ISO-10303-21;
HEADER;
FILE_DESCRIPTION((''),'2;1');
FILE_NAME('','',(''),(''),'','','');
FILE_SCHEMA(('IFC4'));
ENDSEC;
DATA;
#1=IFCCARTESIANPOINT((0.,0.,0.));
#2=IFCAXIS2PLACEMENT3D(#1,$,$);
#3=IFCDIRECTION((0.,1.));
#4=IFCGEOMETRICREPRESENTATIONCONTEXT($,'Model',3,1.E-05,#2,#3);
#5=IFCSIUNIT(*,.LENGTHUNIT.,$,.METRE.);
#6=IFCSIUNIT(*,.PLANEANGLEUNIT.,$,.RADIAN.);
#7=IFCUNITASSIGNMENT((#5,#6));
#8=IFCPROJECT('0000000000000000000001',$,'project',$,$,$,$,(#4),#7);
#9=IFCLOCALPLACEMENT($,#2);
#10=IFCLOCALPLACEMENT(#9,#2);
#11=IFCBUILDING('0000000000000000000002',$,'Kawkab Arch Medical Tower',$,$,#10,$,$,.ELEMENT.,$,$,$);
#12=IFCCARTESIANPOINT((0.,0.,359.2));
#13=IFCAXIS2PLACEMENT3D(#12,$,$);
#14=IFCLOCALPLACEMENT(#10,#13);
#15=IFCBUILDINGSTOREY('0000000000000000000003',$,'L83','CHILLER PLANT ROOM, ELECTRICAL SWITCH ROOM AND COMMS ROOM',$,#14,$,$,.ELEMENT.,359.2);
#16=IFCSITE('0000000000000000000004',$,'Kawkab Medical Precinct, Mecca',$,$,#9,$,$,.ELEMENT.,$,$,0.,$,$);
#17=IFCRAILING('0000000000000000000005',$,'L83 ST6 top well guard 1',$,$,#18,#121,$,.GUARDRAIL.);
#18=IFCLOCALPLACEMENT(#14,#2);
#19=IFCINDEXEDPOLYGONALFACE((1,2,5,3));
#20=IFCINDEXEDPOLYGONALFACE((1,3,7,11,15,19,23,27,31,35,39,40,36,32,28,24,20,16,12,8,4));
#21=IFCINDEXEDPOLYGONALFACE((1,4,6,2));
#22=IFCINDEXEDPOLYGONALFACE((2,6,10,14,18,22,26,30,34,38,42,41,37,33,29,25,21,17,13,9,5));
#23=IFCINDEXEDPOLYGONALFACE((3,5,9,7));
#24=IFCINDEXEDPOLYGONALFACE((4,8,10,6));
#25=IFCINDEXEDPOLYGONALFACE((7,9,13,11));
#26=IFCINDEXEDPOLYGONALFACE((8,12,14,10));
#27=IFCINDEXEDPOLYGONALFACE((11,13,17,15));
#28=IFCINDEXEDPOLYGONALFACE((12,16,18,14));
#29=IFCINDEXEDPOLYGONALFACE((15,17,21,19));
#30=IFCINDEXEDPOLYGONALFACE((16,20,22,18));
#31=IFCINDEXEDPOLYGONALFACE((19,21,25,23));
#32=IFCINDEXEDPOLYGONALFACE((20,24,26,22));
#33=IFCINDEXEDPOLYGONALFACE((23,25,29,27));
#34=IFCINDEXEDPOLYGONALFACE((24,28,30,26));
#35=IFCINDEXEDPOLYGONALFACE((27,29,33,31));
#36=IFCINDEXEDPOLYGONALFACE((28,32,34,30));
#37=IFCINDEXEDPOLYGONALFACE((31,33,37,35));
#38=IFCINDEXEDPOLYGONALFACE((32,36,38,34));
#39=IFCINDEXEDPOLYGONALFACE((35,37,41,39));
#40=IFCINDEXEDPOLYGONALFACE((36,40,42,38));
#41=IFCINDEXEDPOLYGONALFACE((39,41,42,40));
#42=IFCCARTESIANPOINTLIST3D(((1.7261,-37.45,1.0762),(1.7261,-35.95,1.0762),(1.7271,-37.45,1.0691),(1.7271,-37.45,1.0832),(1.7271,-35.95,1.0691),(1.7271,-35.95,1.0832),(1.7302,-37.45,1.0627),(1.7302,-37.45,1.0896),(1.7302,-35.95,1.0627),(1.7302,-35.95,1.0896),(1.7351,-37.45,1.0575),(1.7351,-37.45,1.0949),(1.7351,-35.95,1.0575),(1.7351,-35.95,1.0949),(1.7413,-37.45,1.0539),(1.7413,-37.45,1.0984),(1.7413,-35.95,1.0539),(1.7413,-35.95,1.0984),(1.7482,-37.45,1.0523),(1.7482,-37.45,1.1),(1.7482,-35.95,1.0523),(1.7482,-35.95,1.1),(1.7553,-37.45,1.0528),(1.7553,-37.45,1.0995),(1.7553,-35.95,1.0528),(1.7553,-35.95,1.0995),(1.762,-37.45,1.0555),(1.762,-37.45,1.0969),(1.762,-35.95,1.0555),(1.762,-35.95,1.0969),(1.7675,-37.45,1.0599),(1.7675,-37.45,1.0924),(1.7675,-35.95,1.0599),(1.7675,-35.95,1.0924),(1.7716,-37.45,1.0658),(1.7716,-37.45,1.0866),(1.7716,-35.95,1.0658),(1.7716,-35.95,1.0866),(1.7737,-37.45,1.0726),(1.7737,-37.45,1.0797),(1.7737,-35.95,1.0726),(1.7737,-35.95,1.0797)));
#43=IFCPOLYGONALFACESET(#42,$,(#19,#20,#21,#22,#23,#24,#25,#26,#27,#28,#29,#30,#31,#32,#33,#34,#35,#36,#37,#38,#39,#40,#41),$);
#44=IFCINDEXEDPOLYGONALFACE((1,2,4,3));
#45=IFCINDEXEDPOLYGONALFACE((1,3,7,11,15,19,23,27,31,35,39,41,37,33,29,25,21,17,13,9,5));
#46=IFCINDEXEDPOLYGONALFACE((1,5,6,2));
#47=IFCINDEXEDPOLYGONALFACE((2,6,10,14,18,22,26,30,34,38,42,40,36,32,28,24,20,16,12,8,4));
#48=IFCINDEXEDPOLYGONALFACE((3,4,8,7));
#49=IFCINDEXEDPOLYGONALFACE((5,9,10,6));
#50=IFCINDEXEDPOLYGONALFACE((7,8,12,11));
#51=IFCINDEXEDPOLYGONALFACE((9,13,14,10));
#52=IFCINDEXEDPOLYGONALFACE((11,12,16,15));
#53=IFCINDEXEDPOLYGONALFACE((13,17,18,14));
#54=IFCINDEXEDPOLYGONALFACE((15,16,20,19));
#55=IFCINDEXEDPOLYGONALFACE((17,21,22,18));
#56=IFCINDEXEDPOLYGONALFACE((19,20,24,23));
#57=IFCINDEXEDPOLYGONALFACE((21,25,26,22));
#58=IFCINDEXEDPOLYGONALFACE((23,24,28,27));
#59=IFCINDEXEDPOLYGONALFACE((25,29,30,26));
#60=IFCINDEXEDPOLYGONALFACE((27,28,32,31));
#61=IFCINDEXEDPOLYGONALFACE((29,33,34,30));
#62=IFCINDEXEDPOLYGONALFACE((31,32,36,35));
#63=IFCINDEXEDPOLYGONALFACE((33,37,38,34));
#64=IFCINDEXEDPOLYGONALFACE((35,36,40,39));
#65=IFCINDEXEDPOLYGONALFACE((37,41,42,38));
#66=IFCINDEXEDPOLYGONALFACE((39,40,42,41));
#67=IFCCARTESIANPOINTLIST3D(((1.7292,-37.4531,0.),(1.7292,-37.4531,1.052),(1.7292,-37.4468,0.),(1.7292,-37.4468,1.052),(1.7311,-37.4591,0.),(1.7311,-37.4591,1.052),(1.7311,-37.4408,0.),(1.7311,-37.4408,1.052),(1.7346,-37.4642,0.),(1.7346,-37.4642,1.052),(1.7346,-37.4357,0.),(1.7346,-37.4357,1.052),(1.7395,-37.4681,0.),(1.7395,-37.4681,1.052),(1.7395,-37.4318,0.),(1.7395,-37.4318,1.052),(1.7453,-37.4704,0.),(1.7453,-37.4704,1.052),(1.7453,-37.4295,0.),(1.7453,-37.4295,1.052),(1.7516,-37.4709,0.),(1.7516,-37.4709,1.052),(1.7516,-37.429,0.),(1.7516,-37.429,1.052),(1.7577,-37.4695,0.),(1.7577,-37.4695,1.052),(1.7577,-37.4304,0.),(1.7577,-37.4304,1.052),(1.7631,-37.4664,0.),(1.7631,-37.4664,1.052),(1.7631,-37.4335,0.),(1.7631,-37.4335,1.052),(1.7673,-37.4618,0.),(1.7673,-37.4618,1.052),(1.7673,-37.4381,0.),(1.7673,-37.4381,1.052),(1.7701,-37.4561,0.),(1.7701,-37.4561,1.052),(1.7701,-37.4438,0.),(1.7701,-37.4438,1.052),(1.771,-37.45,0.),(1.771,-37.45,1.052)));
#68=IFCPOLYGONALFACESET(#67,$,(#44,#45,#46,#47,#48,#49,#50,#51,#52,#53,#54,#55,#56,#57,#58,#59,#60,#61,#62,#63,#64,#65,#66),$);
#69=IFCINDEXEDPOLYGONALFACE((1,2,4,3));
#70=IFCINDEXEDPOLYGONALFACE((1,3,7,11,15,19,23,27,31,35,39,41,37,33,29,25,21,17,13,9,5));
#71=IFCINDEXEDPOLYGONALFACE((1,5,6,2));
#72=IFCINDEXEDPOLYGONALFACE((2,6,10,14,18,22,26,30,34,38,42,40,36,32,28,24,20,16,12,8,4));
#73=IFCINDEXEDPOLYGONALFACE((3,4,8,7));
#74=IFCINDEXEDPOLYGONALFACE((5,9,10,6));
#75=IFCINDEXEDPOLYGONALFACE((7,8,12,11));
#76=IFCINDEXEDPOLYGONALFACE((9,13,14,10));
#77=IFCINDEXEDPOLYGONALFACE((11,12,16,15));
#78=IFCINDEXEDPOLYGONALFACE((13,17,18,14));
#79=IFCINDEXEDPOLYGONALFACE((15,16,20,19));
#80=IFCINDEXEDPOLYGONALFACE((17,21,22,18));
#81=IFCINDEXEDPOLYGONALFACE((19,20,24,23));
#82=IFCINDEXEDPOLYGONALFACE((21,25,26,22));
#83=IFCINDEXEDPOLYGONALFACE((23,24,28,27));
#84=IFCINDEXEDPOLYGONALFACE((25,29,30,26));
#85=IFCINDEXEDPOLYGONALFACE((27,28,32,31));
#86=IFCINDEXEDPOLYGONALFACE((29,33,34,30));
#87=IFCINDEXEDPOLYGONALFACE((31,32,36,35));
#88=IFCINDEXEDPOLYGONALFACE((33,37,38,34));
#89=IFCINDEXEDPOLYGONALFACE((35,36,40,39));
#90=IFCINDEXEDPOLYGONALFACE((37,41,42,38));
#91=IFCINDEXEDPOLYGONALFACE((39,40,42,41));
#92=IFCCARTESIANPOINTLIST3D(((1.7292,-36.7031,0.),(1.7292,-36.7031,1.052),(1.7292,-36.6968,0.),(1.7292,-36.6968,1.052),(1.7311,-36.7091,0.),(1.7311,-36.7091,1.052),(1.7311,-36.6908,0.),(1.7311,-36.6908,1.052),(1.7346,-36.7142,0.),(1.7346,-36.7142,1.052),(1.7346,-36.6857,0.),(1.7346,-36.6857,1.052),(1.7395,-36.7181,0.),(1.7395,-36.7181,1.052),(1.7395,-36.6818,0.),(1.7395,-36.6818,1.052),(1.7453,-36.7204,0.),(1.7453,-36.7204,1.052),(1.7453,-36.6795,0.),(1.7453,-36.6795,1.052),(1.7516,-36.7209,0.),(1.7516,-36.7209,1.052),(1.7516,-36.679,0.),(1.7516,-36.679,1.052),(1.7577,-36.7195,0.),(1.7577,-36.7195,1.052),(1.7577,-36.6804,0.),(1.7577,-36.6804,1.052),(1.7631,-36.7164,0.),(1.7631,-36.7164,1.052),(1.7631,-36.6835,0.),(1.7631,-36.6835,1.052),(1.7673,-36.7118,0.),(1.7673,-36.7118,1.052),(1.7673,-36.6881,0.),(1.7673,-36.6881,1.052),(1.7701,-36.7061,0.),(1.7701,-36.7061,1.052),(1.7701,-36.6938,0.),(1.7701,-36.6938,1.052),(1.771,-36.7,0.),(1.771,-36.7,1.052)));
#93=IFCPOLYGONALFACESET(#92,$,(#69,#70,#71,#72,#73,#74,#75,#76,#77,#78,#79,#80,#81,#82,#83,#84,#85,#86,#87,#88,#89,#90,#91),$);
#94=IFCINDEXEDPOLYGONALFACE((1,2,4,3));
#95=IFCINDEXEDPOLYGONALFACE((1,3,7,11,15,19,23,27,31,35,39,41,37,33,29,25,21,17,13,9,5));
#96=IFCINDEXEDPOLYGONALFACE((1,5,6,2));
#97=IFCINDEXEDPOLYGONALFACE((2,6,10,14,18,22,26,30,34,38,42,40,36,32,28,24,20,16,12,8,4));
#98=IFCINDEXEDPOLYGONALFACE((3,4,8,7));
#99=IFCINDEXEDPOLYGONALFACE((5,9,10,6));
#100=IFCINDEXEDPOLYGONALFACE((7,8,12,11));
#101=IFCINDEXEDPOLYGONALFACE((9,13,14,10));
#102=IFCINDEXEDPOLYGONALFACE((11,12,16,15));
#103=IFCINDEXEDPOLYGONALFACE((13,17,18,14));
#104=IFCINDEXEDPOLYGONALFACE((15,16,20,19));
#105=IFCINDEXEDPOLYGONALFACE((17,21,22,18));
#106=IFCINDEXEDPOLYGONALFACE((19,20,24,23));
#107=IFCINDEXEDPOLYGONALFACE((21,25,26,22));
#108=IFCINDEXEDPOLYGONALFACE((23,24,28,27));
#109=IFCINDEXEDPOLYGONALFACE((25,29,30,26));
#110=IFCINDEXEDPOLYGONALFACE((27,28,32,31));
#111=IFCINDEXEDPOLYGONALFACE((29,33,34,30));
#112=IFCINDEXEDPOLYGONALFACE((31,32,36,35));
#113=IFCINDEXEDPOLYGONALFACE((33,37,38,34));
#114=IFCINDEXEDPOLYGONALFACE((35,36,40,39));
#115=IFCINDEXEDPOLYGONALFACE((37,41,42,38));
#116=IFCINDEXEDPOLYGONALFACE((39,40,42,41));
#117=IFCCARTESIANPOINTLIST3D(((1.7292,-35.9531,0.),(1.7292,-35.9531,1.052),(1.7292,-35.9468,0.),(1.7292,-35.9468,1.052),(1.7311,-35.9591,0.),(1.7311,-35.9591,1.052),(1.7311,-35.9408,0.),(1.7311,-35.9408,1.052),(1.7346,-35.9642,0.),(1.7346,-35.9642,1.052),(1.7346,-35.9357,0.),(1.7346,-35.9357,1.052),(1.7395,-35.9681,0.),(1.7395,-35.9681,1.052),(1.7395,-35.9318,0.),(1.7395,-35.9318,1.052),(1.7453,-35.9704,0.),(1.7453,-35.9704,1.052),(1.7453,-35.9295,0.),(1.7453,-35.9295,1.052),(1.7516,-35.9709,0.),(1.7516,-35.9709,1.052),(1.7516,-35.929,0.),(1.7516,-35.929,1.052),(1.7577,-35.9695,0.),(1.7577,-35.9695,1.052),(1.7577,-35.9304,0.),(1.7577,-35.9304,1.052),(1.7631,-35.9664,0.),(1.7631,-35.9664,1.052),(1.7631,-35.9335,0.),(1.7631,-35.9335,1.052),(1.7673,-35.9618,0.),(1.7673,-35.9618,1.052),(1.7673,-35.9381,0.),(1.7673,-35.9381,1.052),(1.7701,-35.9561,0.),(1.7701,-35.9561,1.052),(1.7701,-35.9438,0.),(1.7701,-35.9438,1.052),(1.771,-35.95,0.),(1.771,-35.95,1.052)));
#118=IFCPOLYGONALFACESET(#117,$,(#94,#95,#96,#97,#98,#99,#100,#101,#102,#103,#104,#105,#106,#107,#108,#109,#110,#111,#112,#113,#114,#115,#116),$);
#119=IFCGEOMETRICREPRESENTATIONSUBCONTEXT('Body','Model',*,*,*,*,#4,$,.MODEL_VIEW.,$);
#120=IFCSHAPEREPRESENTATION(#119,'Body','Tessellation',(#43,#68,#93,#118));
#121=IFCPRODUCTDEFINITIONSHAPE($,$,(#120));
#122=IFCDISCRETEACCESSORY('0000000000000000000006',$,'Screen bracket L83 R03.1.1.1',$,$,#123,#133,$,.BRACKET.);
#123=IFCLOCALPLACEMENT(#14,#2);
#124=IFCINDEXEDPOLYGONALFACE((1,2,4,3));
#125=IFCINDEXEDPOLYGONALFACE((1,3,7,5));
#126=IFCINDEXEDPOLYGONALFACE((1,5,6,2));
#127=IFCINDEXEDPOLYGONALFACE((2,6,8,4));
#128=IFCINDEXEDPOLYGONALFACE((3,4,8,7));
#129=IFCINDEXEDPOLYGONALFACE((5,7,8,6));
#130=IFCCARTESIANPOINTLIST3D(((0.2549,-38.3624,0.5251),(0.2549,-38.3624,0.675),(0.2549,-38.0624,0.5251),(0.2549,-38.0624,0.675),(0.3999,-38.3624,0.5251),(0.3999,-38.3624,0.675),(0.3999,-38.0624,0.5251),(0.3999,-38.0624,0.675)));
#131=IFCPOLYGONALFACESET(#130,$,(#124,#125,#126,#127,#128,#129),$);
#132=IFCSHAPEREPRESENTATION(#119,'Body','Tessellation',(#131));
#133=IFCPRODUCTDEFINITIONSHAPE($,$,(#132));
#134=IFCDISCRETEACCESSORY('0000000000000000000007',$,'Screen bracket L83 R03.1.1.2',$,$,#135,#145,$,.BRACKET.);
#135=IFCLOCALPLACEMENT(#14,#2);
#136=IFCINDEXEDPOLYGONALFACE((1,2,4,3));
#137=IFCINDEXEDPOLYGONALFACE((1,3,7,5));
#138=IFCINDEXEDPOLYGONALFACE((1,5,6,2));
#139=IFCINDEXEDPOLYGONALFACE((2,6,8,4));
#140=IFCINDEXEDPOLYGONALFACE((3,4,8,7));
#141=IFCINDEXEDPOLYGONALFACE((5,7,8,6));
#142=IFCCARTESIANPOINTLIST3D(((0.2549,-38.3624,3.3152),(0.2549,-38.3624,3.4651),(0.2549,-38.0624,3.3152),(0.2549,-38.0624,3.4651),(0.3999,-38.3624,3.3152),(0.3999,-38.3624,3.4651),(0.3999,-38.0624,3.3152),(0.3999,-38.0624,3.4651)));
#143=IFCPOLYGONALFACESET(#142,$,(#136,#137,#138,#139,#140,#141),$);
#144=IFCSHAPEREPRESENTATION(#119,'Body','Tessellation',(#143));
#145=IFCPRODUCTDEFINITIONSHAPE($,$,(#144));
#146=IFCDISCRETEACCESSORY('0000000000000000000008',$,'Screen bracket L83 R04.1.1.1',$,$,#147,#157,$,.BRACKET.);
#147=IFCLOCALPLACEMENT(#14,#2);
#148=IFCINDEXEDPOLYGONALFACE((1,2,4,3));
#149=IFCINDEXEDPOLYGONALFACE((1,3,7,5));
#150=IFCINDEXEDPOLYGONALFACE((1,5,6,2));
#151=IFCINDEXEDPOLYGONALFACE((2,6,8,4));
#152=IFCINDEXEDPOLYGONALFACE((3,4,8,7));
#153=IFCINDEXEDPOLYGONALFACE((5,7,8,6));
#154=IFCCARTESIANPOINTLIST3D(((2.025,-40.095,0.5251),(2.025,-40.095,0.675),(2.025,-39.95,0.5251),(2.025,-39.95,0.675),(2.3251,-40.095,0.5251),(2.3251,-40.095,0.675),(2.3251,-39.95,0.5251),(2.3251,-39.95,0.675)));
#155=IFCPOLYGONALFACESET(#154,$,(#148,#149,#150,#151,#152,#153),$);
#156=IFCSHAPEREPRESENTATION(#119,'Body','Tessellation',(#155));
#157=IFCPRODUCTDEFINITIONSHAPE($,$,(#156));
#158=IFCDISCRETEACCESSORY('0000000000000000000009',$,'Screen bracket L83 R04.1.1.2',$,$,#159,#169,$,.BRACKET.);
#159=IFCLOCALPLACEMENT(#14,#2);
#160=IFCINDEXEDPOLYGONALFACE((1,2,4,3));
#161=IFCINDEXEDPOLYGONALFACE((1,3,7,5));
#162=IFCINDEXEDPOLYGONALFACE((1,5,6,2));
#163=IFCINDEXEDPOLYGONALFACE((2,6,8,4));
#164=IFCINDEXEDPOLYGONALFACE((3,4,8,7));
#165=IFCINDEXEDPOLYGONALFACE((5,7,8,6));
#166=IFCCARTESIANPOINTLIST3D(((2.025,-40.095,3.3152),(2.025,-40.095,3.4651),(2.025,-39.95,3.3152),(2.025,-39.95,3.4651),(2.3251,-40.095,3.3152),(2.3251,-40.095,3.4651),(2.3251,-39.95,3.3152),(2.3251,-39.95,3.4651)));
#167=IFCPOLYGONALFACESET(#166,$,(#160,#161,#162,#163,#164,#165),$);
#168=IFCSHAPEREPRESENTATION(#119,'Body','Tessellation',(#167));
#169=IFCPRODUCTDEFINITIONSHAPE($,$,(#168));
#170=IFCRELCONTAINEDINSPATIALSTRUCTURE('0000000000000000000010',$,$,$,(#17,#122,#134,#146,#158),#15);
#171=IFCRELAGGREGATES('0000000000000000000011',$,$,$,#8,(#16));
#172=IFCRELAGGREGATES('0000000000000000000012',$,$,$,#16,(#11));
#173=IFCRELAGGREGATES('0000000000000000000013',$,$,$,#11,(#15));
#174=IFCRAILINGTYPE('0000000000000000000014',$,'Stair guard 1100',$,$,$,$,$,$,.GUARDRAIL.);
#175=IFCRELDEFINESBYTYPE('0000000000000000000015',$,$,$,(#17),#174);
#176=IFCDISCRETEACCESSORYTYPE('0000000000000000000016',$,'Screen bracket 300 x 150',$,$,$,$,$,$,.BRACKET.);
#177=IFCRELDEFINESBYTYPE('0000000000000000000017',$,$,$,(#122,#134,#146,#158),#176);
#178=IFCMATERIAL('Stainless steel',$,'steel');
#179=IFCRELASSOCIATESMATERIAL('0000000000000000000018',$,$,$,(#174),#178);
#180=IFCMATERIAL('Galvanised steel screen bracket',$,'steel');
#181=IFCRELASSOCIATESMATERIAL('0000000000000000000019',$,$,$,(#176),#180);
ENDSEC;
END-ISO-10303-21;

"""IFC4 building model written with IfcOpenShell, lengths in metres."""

from ifc_helpers import new_model, si_unit, direction, frame, origin, origin_2d, place, context, subcontext, project, spatial, rectangle, circle, extrude, material, type_object, element, save


model = new_model("IFC4")

# Units and contexts
model_context = context("Model", 3, precision=1e-05, world=origin(), true_north=direction((0.0, 1.0)))
body_context = subcontext(model_context, "Body", "Model", "MODEL_VIEW")
ifc_project = project(units=[si_unit("LENGTHUNIT", "METRE"), si_unit("PLANEANGLEUNIT", "RADIAN")], contexts=[model_context])

# Site, building, storey
site_placement = place(None, origin())
site = spatial("IfcSite", under=ifc_project, at=site_placement, Name="Kawkab Medical Precinct, Mecca", CompositionType="ELEMENT", RefElevation=0.0)
building_placement = place(site_placement, origin())
building = spatial("IfcBuilding", under=site, at=building_placement, Name="Kawkab Arch Medical Tower", CompositionType="ELEMENT")
storey_placement = place(building_placement, frame((0.0, 0.0, 359.2)))
storey = spatial("IfcBuildingStorey", under=building, at=storey_placement, Name="L83", Description="CHILLER PLANT ROOM, ELECTRICAL SWITCH ROOM AND COMMS ROOM", CompositionType="ELEMENT", Elevation=359.2)

# Railing
ifc_material_1 = material(Name="Stainless steel", Category="steel")
railing_type = type_object("IfcRailingType", Name="Stair guard 1100", PredefinedType="GUARDRAIL", material=ifc_material_1)
railing_placement = place(storey_placement, frame((1.75, -37.45, 0.0)))
element("IfcRailing", 1, at=railing_placement, inside=storey, type_object=railing_type, Name="L83 ST6 top well guard 1", PredefinedType="GUARDRAIL", context=body_context, shape_type="SweptSolid", body=[
    extrude(circle(Radius=0.0239, at=origin_2d()), frame((0.0, 0.0, 1.0762), z_axis=(0.0, 1.0, 0.0), x_axis=(-1.0, 0.0, 0.0)), (0.0, 0.0, 1.0), 1.5),
    extrude(circle(Radius=0.021, at=origin_2d()), origin(), (0.0, 0.0, 1.0), 1.052),
    extrude(circle(Radius=0.021, at=origin_2d()), frame((0.0, 0.75, 0.0)), (0.0, 0.0, 1.0), 1.052),
    extrude(circle(Radius=0.021, at=origin_2d()), frame((0.0, 1.5, 0.0)), (0.0, 0.0, 1.0), 1.052),
])

# Discrete accessories
ifc_material_2 = material(Name="Galvanised steel screen bracket", Category="steel")
discrete_accessory_type = type_object("IfcDiscreteAccessoryType", Name="Screen bracket 300 x 150", PredefinedType="BRACKET", material=ifc_material_2)
for number, where, z_axis, x_axis, name in (
    (2, (0.3274, -38.2124, 0.5251), (0.0, 0.0, 1.0), (0.0, -1.0, 0.0), "Screen bracket L83 R03.1.1.1"),
    (3, (0.3274, -38.2124, 3.3152), (0.0, 0.0, 1.0), (0.0, -1.0, 0.0), "Screen bracket L83 R03.1.1.2"),
    (4, (2.175, -40.0225, 0.5251), (0.0, 0.0, 1.0), (1.0, 0.0, 0.0), "Screen bracket L83 R04.1.1.1"),
    (5, (2.175, -40.0225, 3.3152), (0.0, 0.0, 1.0), (1.0, 0.0, 0.0), "Screen bracket L83 R04.1.1.2"),
):
    element("IfcDiscreteAccessory", number, at=place(storey_placement, frame(where, z_axis=z_axis, x_axis=x_axis)), inside=storey, type_object=discrete_accessory_type, Name=name, PredefinedType="BRACKET", context=body_context, shape_type="SweptSolid", body=[
        extrude(rectangle(XDim=0.3, YDim=0.145, at=origin_2d()), origin(), (0.0, 0.0, 1.0), 0.1499),
    ])

save(model, "model.ifc")
